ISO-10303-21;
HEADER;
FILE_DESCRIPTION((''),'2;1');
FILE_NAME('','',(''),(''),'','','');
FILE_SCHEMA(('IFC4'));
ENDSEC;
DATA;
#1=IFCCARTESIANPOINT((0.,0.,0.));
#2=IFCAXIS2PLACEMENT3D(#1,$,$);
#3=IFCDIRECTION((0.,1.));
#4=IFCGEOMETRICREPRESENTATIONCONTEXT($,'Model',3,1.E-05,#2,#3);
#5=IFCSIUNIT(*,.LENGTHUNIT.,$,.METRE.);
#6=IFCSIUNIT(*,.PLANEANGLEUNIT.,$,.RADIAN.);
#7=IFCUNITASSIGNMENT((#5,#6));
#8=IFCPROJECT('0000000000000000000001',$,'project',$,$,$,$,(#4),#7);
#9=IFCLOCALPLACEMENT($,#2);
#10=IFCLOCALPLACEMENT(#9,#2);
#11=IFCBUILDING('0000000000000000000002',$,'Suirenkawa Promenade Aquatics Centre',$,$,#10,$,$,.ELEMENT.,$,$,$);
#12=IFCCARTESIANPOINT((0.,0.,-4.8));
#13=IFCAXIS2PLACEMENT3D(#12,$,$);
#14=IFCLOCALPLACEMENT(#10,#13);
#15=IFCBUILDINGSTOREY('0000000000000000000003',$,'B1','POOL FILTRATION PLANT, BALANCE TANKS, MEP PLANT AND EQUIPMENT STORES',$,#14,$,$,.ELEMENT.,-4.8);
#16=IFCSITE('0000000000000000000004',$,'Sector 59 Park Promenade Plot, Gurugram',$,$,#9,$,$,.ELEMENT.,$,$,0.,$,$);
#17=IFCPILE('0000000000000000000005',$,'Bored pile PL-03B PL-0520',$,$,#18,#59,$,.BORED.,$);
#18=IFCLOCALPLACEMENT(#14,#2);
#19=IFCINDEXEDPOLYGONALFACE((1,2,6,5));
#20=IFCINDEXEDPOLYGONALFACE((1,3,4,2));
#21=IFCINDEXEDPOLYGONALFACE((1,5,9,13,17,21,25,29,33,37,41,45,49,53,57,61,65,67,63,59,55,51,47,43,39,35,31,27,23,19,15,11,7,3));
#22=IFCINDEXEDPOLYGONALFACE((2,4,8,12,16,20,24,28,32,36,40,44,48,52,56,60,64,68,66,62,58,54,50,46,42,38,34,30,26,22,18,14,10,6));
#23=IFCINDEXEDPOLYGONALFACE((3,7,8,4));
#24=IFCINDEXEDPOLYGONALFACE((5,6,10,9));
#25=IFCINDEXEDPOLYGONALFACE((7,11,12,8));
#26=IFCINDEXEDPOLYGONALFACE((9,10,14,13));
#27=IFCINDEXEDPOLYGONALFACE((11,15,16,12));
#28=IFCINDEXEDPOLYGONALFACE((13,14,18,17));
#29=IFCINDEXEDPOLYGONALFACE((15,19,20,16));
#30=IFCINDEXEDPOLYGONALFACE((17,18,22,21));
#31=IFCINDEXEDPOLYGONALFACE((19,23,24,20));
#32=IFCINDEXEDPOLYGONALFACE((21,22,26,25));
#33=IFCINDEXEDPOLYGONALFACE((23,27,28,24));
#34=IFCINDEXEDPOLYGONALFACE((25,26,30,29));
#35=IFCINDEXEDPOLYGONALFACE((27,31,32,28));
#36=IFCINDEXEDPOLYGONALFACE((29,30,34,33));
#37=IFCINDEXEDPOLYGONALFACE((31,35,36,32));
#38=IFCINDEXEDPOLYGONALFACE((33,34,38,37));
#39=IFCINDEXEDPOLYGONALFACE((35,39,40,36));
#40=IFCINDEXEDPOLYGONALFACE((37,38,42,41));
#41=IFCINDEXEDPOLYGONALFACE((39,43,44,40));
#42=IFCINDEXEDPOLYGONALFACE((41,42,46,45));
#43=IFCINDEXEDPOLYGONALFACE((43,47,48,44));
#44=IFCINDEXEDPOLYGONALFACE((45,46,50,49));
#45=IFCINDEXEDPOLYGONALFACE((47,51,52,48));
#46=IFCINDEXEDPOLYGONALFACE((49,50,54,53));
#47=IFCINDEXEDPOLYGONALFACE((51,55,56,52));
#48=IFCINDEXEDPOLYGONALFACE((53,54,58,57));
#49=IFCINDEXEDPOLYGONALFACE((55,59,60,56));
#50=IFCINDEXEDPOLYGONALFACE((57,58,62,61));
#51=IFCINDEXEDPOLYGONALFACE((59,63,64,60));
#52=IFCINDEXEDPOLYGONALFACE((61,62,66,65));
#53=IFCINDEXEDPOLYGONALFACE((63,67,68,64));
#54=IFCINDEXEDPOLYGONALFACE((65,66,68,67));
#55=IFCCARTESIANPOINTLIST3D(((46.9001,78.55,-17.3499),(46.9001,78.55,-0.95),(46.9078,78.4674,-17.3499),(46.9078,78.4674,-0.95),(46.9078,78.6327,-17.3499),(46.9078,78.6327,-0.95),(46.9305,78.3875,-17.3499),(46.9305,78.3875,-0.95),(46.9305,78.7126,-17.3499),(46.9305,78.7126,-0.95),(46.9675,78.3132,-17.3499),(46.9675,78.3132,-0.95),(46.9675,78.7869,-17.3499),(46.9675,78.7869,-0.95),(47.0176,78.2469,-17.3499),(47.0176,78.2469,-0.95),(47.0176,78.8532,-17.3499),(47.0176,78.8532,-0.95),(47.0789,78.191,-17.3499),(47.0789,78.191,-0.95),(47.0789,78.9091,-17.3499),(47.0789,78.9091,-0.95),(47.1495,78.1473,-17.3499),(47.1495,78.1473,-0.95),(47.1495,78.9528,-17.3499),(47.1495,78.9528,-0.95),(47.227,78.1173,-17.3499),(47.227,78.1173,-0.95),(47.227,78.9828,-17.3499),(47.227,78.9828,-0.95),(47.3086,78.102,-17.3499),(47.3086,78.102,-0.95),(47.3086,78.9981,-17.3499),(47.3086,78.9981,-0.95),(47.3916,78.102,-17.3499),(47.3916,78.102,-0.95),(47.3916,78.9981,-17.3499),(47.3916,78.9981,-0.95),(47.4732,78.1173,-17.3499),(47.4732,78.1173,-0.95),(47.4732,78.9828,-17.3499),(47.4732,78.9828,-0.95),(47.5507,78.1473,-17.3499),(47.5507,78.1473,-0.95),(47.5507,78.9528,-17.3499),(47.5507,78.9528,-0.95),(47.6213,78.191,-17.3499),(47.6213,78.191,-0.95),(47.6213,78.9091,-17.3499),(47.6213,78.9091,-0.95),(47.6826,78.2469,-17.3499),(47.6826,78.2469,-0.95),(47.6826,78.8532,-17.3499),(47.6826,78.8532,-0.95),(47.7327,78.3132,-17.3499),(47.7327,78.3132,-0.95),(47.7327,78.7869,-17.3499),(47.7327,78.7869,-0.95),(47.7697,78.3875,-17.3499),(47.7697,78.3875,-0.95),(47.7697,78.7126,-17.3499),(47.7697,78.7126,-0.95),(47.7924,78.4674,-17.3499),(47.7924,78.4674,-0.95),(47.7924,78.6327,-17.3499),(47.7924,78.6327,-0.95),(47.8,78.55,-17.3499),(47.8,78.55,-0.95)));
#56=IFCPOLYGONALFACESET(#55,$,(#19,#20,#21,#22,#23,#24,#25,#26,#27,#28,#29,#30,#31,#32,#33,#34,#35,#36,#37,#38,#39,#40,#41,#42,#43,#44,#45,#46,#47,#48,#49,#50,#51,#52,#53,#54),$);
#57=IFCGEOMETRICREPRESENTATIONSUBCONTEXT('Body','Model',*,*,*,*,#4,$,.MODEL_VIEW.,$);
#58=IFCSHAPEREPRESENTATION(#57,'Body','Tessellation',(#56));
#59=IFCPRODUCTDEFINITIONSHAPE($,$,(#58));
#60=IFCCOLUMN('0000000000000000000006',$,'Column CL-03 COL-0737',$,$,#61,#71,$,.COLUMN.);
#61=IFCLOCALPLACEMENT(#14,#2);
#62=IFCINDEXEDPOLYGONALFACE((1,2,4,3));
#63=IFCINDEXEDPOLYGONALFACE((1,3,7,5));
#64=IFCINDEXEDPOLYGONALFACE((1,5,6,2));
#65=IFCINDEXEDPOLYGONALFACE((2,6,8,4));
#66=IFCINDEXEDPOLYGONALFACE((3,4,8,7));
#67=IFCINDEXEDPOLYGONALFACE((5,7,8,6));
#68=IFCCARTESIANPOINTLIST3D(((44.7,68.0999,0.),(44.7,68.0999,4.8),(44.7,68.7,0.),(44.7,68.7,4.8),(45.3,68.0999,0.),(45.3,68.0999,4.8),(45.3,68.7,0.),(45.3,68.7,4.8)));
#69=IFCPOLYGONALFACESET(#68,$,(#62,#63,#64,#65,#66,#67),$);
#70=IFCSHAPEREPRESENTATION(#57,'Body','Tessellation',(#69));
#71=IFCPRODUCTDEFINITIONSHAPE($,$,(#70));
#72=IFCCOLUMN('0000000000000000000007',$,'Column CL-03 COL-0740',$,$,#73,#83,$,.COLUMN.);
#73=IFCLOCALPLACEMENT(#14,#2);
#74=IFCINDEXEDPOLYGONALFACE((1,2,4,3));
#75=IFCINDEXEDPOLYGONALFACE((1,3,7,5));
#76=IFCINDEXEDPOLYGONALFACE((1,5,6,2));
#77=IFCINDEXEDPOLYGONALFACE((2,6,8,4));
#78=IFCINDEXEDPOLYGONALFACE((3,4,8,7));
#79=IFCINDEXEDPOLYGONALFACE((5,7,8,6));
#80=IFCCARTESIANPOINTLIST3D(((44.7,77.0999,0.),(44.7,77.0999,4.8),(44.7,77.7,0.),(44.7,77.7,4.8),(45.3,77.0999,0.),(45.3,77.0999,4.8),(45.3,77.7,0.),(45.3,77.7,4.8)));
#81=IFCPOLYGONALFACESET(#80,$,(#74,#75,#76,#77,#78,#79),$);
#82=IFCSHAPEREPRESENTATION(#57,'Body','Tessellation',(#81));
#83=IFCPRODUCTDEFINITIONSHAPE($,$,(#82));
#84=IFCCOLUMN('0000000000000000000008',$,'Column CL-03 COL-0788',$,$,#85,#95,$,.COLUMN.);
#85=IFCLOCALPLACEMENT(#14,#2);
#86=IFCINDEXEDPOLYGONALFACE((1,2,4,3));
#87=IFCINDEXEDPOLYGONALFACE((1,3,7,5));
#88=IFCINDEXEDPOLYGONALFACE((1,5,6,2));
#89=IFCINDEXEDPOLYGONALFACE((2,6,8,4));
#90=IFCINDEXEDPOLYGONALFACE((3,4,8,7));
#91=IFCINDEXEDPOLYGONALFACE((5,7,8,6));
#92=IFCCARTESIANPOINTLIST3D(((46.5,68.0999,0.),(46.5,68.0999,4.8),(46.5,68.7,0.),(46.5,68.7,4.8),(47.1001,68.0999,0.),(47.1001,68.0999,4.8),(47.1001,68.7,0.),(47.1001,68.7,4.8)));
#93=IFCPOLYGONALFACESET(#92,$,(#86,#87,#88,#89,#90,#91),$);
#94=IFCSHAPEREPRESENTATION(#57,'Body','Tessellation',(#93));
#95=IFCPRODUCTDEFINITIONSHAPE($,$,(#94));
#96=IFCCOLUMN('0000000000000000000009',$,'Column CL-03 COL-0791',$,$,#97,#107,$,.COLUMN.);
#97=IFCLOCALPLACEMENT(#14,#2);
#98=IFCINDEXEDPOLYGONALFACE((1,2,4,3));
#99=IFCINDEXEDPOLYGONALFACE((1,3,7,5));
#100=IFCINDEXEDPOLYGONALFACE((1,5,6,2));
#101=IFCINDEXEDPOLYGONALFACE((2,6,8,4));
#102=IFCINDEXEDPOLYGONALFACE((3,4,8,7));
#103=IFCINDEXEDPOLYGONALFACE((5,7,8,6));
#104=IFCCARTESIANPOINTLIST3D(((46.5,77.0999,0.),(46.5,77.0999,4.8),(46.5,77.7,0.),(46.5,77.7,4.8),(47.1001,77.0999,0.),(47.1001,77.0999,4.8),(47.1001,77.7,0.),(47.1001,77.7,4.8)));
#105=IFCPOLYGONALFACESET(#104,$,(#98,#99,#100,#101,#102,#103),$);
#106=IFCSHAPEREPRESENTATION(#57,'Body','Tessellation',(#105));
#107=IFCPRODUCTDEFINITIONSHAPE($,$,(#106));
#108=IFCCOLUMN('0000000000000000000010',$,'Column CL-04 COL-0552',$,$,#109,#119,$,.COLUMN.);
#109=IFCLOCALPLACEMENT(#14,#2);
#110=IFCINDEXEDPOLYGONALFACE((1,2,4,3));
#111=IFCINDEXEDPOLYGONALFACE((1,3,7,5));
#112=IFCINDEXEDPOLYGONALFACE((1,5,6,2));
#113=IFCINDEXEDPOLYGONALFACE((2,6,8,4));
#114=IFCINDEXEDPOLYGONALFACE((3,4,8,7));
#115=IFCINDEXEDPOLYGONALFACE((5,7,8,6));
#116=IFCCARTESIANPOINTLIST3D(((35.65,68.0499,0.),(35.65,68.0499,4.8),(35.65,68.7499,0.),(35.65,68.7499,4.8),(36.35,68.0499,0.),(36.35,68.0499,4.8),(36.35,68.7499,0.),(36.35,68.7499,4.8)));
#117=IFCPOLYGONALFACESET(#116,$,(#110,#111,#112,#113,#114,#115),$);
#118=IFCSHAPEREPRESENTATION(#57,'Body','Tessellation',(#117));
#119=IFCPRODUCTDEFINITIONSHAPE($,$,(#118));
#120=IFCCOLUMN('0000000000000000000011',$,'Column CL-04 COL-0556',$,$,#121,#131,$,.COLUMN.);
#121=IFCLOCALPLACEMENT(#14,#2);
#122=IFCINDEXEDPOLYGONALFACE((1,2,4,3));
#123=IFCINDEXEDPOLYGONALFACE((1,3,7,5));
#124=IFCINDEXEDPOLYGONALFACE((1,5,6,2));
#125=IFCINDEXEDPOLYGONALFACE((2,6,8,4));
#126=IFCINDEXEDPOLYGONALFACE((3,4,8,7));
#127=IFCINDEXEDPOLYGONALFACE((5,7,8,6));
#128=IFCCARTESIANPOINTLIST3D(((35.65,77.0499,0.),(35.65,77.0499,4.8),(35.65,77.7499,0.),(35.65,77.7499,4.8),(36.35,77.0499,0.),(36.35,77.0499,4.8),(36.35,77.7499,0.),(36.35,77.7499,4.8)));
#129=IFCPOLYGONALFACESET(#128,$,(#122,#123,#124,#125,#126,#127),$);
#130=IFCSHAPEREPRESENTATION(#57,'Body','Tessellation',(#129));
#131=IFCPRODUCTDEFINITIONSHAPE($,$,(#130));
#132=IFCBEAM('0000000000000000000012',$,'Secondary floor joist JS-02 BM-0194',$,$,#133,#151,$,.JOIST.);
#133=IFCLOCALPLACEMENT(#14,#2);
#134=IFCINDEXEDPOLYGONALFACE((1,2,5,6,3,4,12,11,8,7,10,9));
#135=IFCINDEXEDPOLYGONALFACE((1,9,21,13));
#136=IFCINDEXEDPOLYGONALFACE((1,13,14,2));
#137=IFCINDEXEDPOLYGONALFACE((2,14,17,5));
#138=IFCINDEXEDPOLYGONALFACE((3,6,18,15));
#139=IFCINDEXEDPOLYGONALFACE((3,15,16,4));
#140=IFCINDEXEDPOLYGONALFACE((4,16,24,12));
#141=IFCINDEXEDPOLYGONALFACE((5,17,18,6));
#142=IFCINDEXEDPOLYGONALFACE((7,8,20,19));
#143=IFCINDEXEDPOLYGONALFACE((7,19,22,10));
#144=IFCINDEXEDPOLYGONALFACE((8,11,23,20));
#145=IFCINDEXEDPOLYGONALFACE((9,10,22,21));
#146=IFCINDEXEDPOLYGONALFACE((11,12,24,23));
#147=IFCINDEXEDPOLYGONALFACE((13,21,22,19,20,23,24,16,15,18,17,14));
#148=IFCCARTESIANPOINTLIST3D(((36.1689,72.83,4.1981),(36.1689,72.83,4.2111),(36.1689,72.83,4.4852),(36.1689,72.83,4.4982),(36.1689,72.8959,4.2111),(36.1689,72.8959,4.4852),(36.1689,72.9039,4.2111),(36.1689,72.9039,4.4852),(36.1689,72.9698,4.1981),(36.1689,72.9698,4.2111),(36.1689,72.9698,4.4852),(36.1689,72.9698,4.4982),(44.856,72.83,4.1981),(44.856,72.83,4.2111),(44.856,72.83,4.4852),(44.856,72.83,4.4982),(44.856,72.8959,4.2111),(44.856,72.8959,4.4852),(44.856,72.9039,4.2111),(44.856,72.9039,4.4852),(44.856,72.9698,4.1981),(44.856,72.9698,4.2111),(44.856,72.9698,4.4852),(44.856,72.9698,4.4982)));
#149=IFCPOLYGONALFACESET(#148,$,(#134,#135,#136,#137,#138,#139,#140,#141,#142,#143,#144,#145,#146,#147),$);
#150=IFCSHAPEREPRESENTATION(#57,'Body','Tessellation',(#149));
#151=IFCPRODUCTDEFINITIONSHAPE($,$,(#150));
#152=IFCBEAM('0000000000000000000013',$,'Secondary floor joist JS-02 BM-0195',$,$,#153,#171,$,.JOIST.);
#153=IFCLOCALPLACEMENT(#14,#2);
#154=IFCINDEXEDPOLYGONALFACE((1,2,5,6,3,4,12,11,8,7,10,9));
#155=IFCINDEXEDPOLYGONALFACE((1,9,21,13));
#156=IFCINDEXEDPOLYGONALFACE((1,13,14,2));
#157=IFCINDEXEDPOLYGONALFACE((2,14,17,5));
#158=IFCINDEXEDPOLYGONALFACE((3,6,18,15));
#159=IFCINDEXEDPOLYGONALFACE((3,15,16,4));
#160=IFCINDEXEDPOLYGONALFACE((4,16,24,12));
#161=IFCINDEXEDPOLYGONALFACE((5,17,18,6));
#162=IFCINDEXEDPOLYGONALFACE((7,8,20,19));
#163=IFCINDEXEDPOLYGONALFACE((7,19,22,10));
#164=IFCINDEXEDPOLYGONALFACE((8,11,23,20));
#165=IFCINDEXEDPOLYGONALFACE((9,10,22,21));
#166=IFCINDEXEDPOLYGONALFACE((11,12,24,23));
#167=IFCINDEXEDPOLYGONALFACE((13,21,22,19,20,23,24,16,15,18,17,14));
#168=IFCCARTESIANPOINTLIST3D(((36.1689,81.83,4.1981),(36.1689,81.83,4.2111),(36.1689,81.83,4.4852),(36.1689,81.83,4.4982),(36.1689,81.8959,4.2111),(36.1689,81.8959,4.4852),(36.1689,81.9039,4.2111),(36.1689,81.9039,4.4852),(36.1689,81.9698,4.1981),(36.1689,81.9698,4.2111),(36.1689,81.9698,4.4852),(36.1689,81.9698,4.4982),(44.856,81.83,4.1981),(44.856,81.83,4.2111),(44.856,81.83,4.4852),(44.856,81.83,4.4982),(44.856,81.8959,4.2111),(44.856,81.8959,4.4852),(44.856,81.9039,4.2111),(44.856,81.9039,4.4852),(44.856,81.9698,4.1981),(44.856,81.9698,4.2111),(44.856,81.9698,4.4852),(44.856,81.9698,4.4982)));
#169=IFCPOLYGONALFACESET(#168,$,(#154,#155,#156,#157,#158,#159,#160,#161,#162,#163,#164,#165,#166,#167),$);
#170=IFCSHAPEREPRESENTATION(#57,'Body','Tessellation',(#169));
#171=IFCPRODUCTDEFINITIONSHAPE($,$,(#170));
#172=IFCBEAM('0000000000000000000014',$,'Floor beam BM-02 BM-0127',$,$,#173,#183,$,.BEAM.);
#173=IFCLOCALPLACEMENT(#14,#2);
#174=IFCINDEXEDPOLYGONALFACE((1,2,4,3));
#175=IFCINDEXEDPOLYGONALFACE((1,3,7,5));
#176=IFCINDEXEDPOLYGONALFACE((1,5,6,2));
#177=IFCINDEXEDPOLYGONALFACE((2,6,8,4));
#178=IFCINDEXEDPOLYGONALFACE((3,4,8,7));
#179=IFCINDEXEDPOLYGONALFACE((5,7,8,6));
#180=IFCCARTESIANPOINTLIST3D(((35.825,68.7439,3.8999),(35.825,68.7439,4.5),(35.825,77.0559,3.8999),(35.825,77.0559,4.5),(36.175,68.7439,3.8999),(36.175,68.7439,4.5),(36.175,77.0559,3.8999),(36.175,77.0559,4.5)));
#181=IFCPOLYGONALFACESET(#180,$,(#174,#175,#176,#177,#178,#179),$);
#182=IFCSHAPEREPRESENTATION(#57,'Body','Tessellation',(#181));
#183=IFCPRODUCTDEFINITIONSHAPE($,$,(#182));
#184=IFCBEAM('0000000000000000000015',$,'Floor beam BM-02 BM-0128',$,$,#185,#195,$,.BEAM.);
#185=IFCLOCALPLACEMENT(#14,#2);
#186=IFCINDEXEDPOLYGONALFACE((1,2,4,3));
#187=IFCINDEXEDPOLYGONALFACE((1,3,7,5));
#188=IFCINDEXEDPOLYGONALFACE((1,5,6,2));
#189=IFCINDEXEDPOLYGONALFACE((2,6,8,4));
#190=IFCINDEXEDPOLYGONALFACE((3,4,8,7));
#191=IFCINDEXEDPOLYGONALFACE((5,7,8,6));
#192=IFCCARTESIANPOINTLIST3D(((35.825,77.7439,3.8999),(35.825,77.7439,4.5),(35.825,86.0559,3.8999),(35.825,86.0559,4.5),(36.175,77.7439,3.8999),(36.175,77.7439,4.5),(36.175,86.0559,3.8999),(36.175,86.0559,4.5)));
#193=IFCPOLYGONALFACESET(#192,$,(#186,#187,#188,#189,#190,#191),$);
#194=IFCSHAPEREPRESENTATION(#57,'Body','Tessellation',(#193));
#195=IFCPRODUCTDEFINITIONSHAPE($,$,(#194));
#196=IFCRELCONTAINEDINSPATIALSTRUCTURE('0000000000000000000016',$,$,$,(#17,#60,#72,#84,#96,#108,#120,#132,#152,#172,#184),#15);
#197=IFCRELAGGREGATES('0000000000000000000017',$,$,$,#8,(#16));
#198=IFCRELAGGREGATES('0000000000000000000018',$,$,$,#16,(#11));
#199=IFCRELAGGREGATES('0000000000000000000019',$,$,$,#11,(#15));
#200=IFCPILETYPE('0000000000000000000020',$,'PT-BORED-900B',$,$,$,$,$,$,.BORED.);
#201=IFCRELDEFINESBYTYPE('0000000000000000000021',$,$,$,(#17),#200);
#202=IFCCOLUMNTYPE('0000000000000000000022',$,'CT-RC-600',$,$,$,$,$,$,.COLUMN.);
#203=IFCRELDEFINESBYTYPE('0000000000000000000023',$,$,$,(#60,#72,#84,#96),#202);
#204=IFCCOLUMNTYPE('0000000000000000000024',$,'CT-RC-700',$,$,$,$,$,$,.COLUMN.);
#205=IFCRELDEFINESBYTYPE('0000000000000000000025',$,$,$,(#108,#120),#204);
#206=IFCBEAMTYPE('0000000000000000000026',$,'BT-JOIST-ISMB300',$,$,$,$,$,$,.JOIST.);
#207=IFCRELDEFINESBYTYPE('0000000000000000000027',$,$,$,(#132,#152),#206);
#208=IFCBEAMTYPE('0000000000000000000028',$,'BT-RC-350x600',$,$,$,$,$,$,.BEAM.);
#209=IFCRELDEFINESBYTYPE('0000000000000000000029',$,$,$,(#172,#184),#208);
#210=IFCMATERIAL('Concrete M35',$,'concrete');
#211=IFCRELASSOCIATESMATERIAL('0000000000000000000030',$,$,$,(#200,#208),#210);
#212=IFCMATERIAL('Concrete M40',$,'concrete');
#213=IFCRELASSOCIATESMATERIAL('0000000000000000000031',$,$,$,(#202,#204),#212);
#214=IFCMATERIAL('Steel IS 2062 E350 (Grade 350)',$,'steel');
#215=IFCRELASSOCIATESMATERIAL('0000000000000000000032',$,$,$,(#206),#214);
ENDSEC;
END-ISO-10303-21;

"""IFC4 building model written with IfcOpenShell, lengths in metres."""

from ifc_helpers import new_model, si_unit, direction, frame, origin, origin_2d, place, context, subcontext, project, spatial, rectangle, circle, i_section, extrude, material, material_profile, profile_set, type_object, element, save


model = new_model("IFC4")

# Units and contexts
model_context = context("Model", 3, precision=1e-05, world=origin(), true_north=direction((0.0, 1.0)))
body_context = subcontext(model_context, "Body", "Model", "MODEL_VIEW")
ifc_project = project(units=[si_unit("LENGTHUNIT", "METRE"), si_unit("PLANEANGLEUNIT", "RADIAN")], contexts=[model_context])

# Site, building, storey
site_placement = place(None, origin())
site = spatial("IfcSite", under=ifc_project, at=site_placement, Name="Sector 59 Park Promenade Plot, Gurugram", CompositionType="ELEMENT", RefElevation=0.0)
building_placement = place(site_placement, origin())
building = spatial("IfcBuilding", under=site, at=building_placement, Name="Suirenkawa Promenade Aquatics Centre", CompositionType="ELEMENT")
storey_placement = place(building_placement, frame((0.0, 0.0, -4.8)))
storey = spatial("IfcBuildingStorey", under=building, at=storey_placement, Name="B1", Description="POOL FILTRATION PLANT, BALANCE TANKS, MEP PLANT AND EQUIPMENT STORES", CompositionType="ELEMENT", Elevation=-4.8)

# Shared definitions
ifc_material_1 = material(Name="Concrete M35", Category="concrete")

# Pile
ifc_material_profile_1 = material_profile(ifc_material_1, circle(Radius=0.45, at=origin_2d()), Name="PILE D900", Category="concrete")
ifc_profile_set_1 = profile_set([ifc_material_profile_1], Name="Concrete M35")
pile_type_1 = type_object("IfcPileType", Name="PT-BORED-900B", PredefinedType="BORED", material=ifc_profile_set_1)
for number, where, z_axis, x_axis, name in (
    (1, (47.3501, 78.55, -0.95), (0.0, 0.0, -1.0), (1.0, 0.0, 0.0), "Bored pile PL-03B PL-0520"),
):
    element("IfcPile", number, at=place(storey_placement, frame(where, z_axis=z_axis, x_axis=x_axis)), inside=storey, type_object=pile_type_1, Name=name, PredefinedType="BORED", context=body_context, shape_type="SweptSolid", body=[
        extrude(circle(Radius=0.45, at=origin_2d()), origin(), (0.0, 0.0, 1.0), 16.3999),
    ])

# Columns
ifc_material_2 = material(Name="Concrete M40", Category="concrete")
ifc_material_profile_2 = material_profile(ifc_material_2, rectangle(XDim=0.6001, YDim=0.6001, at=origin_2d()), Name="RC COL 600x600", Category="concrete")
ifc_profile_set_2 = profile_set([ifc_material_profile_2], Name="Concrete M40")
column_type_1 = type_object("IfcColumnType", Name="CT-RC-600", PredefinedType="COLUMN", material=ifc_profile_set_2)
for number, where, z_axis, x_axis, name in (
    (2, (45.0, 68.3999, 0.0), (0.0, 0.0, 1.0), (1.0, 0.0, 0.0), "Column CL-03 COL-0737"),
    (3, (45.0, 77.3999, 0.0), (0.0, 0.0, 1.0), (1.0, 0.0, 0.0), "Column CL-03 COL-0740"),
    (4, (46.8, 68.3999, 0.0), (0.0, 0.0, 1.0), (1.0, 0.0, 0.0), "Column CL-03 COL-0788"),
    (5, (46.8, 77.3999, 0.0), (0.0, 0.0, 1.0), (1.0, 0.0, 0.0), "Column CL-03 COL-0791"),
):
    element("IfcColumn", number, at=place(storey_placement, frame(where, z_axis=z_axis, x_axis=x_axis)), inside=storey, type_object=column_type_1, Name=name, PredefinedType="COLUMN", context=body_context, shape_type="SweptSolid", body=[
        extrude(rectangle(XDim=0.6001, YDim=0.6001, at=origin_2d()), origin(), (0.0, 0.0, 1.0), 4.8),
    ])
ifc_material_profile_3 = material_profile(ifc_material_2, rectangle(XDim=0.7, YDim=0.7, at=origin_2d()), Name="RC COL 700x700", Category="concrete")
ifc_profile_set_3 = profile_set([ifc_material_profile_3], Name="Concrete M40")
column_type_2 = type_object("IfcColumnType", Name="CT-RC-700", PredefinedType="COLUMN", material=ifc_profile_set_3)
for number, where, z_axis, x_axis, name in (
    (6, (36.0, 68.3999, 0.0), (0.0, 0.0, 1.0), (1.0, 0.0, 0.0), "Column CL-04 COL-0552"),
    (7, (36.0, 77.3999, 0.0), (0.0, 0.0, 1.0), (1.0, 0.0, 0.0), "Column CL-04 COL-0556"),
):
    element("IfcColumn", number, at=place(storey_placement, frame(where, z_axis=z_axis, x_axis=x_axis)), inside=storey, type_object=column_type_2, Name=name, PredefinedType="COLUMN", context=body_context, shape_type="SweptSolid", body=[
        extrude(rectangle(XDim=0.7, YDim=0.7, at=origin_2d()), origin(), (0.0, 0.0, 1.0), 4.8),
    ])

# Beams
ifc_material_3 = material(Name="Steel IS 2062 E350 (Grade 350)", Category="steel")
ifc_material_profile_4 = material_profile(ifc_material_3, i_section(OverallWidth=0.1399, OverallDepth=0.3, WebThickness=0.0081, FlangeThickness=0.0129, at=origin_2d()), Name="ISMB 300", Category="steel")
ifc_profile_set_4 = profile_set([ifc_material_profile_4], Name="Steel IS 2062 E350 (Grade 350)")
beam_type_1 = type_object("IfcBeamType", Name="BT-JOIST-ISMB300", PredefinedType="JOIST", material=ifc_profile_set_4)
for number, where, z_axis, x_axis, name in (
    (8, (36.1689, 72.8999, 4.3481), (1.0, 0.0, 0.0), (0.0, 1.0, 0.0), "Secondary floor joist JS-02 BM-0194"),
    (9, (36.1689, 81.8999, 4.3481), (1.0, 0.0, 0.0), (0.0, 1.0, 0.0), "Secondary floor joist JS-02 BM-0195"),
):
    element("IfcBeam", number, at=place(storey_placement, frame(where, z_axis=z_axis, x_axis=x_axis)), inside=storey, type_object=beam_type_1, Name=name, PredefinedType="JOIST", context=body_context, shape_type="SweptSolid", body=[
        extrude(i_section(OverallWidth=0.1399, OverallDepth=0.3, WebThickness=0.0081, FlangeThickness=0.0129, at=origin_2d()), origin(), (0.0, 0.0, 1.0), 8.687),
    ])
ifc_material_profile_5 = material_profile(ifc_material_1, rectangle(XDim=0.3501, YDim=0.6001, at=origin_2d()), Name="RC BM 350x600", Category="concrete")
ifc_profile_set_5 = profile_set([ifc_material_profile_5], Name="Concrete M35")
beam_type_2 = type_object("IfcBeamType", Name="BT-RC-350x600", PredefinedType="BEAM", material=ifc_profile_set_5)
for number, where, z_axis, x_axis, name in (
    (10, (36.0, 68.7439, 4.2), (0.0, 1.0, 0.0), (-1.0, 0.0, 0.0), "Floor beam BM-02 BM-0127"),
    (11, (36.0, 77.7439, 4.2), (0.0, 1.0, 0.0), (-1.0, 0.0, 0.0), "Floor beam BM-02 BM-0128"),
):
    element("IfcBeam", number, at=place(storey_placement, frame(where, z_axis=z_axis, x_axis=x_axis)), inside=storey, type_object=beam_type_2, Name=name, PredefinedType="BEAM", context=body_context, shape_type="SweptSolid", body=[
        extrude(rectangle(XDim=0.3501, YDim=0.6001, at=origin_2d()), origin(), (0.0, 0.0, 1.0), 8.312),
    ])

save(model, "model.ifc")
